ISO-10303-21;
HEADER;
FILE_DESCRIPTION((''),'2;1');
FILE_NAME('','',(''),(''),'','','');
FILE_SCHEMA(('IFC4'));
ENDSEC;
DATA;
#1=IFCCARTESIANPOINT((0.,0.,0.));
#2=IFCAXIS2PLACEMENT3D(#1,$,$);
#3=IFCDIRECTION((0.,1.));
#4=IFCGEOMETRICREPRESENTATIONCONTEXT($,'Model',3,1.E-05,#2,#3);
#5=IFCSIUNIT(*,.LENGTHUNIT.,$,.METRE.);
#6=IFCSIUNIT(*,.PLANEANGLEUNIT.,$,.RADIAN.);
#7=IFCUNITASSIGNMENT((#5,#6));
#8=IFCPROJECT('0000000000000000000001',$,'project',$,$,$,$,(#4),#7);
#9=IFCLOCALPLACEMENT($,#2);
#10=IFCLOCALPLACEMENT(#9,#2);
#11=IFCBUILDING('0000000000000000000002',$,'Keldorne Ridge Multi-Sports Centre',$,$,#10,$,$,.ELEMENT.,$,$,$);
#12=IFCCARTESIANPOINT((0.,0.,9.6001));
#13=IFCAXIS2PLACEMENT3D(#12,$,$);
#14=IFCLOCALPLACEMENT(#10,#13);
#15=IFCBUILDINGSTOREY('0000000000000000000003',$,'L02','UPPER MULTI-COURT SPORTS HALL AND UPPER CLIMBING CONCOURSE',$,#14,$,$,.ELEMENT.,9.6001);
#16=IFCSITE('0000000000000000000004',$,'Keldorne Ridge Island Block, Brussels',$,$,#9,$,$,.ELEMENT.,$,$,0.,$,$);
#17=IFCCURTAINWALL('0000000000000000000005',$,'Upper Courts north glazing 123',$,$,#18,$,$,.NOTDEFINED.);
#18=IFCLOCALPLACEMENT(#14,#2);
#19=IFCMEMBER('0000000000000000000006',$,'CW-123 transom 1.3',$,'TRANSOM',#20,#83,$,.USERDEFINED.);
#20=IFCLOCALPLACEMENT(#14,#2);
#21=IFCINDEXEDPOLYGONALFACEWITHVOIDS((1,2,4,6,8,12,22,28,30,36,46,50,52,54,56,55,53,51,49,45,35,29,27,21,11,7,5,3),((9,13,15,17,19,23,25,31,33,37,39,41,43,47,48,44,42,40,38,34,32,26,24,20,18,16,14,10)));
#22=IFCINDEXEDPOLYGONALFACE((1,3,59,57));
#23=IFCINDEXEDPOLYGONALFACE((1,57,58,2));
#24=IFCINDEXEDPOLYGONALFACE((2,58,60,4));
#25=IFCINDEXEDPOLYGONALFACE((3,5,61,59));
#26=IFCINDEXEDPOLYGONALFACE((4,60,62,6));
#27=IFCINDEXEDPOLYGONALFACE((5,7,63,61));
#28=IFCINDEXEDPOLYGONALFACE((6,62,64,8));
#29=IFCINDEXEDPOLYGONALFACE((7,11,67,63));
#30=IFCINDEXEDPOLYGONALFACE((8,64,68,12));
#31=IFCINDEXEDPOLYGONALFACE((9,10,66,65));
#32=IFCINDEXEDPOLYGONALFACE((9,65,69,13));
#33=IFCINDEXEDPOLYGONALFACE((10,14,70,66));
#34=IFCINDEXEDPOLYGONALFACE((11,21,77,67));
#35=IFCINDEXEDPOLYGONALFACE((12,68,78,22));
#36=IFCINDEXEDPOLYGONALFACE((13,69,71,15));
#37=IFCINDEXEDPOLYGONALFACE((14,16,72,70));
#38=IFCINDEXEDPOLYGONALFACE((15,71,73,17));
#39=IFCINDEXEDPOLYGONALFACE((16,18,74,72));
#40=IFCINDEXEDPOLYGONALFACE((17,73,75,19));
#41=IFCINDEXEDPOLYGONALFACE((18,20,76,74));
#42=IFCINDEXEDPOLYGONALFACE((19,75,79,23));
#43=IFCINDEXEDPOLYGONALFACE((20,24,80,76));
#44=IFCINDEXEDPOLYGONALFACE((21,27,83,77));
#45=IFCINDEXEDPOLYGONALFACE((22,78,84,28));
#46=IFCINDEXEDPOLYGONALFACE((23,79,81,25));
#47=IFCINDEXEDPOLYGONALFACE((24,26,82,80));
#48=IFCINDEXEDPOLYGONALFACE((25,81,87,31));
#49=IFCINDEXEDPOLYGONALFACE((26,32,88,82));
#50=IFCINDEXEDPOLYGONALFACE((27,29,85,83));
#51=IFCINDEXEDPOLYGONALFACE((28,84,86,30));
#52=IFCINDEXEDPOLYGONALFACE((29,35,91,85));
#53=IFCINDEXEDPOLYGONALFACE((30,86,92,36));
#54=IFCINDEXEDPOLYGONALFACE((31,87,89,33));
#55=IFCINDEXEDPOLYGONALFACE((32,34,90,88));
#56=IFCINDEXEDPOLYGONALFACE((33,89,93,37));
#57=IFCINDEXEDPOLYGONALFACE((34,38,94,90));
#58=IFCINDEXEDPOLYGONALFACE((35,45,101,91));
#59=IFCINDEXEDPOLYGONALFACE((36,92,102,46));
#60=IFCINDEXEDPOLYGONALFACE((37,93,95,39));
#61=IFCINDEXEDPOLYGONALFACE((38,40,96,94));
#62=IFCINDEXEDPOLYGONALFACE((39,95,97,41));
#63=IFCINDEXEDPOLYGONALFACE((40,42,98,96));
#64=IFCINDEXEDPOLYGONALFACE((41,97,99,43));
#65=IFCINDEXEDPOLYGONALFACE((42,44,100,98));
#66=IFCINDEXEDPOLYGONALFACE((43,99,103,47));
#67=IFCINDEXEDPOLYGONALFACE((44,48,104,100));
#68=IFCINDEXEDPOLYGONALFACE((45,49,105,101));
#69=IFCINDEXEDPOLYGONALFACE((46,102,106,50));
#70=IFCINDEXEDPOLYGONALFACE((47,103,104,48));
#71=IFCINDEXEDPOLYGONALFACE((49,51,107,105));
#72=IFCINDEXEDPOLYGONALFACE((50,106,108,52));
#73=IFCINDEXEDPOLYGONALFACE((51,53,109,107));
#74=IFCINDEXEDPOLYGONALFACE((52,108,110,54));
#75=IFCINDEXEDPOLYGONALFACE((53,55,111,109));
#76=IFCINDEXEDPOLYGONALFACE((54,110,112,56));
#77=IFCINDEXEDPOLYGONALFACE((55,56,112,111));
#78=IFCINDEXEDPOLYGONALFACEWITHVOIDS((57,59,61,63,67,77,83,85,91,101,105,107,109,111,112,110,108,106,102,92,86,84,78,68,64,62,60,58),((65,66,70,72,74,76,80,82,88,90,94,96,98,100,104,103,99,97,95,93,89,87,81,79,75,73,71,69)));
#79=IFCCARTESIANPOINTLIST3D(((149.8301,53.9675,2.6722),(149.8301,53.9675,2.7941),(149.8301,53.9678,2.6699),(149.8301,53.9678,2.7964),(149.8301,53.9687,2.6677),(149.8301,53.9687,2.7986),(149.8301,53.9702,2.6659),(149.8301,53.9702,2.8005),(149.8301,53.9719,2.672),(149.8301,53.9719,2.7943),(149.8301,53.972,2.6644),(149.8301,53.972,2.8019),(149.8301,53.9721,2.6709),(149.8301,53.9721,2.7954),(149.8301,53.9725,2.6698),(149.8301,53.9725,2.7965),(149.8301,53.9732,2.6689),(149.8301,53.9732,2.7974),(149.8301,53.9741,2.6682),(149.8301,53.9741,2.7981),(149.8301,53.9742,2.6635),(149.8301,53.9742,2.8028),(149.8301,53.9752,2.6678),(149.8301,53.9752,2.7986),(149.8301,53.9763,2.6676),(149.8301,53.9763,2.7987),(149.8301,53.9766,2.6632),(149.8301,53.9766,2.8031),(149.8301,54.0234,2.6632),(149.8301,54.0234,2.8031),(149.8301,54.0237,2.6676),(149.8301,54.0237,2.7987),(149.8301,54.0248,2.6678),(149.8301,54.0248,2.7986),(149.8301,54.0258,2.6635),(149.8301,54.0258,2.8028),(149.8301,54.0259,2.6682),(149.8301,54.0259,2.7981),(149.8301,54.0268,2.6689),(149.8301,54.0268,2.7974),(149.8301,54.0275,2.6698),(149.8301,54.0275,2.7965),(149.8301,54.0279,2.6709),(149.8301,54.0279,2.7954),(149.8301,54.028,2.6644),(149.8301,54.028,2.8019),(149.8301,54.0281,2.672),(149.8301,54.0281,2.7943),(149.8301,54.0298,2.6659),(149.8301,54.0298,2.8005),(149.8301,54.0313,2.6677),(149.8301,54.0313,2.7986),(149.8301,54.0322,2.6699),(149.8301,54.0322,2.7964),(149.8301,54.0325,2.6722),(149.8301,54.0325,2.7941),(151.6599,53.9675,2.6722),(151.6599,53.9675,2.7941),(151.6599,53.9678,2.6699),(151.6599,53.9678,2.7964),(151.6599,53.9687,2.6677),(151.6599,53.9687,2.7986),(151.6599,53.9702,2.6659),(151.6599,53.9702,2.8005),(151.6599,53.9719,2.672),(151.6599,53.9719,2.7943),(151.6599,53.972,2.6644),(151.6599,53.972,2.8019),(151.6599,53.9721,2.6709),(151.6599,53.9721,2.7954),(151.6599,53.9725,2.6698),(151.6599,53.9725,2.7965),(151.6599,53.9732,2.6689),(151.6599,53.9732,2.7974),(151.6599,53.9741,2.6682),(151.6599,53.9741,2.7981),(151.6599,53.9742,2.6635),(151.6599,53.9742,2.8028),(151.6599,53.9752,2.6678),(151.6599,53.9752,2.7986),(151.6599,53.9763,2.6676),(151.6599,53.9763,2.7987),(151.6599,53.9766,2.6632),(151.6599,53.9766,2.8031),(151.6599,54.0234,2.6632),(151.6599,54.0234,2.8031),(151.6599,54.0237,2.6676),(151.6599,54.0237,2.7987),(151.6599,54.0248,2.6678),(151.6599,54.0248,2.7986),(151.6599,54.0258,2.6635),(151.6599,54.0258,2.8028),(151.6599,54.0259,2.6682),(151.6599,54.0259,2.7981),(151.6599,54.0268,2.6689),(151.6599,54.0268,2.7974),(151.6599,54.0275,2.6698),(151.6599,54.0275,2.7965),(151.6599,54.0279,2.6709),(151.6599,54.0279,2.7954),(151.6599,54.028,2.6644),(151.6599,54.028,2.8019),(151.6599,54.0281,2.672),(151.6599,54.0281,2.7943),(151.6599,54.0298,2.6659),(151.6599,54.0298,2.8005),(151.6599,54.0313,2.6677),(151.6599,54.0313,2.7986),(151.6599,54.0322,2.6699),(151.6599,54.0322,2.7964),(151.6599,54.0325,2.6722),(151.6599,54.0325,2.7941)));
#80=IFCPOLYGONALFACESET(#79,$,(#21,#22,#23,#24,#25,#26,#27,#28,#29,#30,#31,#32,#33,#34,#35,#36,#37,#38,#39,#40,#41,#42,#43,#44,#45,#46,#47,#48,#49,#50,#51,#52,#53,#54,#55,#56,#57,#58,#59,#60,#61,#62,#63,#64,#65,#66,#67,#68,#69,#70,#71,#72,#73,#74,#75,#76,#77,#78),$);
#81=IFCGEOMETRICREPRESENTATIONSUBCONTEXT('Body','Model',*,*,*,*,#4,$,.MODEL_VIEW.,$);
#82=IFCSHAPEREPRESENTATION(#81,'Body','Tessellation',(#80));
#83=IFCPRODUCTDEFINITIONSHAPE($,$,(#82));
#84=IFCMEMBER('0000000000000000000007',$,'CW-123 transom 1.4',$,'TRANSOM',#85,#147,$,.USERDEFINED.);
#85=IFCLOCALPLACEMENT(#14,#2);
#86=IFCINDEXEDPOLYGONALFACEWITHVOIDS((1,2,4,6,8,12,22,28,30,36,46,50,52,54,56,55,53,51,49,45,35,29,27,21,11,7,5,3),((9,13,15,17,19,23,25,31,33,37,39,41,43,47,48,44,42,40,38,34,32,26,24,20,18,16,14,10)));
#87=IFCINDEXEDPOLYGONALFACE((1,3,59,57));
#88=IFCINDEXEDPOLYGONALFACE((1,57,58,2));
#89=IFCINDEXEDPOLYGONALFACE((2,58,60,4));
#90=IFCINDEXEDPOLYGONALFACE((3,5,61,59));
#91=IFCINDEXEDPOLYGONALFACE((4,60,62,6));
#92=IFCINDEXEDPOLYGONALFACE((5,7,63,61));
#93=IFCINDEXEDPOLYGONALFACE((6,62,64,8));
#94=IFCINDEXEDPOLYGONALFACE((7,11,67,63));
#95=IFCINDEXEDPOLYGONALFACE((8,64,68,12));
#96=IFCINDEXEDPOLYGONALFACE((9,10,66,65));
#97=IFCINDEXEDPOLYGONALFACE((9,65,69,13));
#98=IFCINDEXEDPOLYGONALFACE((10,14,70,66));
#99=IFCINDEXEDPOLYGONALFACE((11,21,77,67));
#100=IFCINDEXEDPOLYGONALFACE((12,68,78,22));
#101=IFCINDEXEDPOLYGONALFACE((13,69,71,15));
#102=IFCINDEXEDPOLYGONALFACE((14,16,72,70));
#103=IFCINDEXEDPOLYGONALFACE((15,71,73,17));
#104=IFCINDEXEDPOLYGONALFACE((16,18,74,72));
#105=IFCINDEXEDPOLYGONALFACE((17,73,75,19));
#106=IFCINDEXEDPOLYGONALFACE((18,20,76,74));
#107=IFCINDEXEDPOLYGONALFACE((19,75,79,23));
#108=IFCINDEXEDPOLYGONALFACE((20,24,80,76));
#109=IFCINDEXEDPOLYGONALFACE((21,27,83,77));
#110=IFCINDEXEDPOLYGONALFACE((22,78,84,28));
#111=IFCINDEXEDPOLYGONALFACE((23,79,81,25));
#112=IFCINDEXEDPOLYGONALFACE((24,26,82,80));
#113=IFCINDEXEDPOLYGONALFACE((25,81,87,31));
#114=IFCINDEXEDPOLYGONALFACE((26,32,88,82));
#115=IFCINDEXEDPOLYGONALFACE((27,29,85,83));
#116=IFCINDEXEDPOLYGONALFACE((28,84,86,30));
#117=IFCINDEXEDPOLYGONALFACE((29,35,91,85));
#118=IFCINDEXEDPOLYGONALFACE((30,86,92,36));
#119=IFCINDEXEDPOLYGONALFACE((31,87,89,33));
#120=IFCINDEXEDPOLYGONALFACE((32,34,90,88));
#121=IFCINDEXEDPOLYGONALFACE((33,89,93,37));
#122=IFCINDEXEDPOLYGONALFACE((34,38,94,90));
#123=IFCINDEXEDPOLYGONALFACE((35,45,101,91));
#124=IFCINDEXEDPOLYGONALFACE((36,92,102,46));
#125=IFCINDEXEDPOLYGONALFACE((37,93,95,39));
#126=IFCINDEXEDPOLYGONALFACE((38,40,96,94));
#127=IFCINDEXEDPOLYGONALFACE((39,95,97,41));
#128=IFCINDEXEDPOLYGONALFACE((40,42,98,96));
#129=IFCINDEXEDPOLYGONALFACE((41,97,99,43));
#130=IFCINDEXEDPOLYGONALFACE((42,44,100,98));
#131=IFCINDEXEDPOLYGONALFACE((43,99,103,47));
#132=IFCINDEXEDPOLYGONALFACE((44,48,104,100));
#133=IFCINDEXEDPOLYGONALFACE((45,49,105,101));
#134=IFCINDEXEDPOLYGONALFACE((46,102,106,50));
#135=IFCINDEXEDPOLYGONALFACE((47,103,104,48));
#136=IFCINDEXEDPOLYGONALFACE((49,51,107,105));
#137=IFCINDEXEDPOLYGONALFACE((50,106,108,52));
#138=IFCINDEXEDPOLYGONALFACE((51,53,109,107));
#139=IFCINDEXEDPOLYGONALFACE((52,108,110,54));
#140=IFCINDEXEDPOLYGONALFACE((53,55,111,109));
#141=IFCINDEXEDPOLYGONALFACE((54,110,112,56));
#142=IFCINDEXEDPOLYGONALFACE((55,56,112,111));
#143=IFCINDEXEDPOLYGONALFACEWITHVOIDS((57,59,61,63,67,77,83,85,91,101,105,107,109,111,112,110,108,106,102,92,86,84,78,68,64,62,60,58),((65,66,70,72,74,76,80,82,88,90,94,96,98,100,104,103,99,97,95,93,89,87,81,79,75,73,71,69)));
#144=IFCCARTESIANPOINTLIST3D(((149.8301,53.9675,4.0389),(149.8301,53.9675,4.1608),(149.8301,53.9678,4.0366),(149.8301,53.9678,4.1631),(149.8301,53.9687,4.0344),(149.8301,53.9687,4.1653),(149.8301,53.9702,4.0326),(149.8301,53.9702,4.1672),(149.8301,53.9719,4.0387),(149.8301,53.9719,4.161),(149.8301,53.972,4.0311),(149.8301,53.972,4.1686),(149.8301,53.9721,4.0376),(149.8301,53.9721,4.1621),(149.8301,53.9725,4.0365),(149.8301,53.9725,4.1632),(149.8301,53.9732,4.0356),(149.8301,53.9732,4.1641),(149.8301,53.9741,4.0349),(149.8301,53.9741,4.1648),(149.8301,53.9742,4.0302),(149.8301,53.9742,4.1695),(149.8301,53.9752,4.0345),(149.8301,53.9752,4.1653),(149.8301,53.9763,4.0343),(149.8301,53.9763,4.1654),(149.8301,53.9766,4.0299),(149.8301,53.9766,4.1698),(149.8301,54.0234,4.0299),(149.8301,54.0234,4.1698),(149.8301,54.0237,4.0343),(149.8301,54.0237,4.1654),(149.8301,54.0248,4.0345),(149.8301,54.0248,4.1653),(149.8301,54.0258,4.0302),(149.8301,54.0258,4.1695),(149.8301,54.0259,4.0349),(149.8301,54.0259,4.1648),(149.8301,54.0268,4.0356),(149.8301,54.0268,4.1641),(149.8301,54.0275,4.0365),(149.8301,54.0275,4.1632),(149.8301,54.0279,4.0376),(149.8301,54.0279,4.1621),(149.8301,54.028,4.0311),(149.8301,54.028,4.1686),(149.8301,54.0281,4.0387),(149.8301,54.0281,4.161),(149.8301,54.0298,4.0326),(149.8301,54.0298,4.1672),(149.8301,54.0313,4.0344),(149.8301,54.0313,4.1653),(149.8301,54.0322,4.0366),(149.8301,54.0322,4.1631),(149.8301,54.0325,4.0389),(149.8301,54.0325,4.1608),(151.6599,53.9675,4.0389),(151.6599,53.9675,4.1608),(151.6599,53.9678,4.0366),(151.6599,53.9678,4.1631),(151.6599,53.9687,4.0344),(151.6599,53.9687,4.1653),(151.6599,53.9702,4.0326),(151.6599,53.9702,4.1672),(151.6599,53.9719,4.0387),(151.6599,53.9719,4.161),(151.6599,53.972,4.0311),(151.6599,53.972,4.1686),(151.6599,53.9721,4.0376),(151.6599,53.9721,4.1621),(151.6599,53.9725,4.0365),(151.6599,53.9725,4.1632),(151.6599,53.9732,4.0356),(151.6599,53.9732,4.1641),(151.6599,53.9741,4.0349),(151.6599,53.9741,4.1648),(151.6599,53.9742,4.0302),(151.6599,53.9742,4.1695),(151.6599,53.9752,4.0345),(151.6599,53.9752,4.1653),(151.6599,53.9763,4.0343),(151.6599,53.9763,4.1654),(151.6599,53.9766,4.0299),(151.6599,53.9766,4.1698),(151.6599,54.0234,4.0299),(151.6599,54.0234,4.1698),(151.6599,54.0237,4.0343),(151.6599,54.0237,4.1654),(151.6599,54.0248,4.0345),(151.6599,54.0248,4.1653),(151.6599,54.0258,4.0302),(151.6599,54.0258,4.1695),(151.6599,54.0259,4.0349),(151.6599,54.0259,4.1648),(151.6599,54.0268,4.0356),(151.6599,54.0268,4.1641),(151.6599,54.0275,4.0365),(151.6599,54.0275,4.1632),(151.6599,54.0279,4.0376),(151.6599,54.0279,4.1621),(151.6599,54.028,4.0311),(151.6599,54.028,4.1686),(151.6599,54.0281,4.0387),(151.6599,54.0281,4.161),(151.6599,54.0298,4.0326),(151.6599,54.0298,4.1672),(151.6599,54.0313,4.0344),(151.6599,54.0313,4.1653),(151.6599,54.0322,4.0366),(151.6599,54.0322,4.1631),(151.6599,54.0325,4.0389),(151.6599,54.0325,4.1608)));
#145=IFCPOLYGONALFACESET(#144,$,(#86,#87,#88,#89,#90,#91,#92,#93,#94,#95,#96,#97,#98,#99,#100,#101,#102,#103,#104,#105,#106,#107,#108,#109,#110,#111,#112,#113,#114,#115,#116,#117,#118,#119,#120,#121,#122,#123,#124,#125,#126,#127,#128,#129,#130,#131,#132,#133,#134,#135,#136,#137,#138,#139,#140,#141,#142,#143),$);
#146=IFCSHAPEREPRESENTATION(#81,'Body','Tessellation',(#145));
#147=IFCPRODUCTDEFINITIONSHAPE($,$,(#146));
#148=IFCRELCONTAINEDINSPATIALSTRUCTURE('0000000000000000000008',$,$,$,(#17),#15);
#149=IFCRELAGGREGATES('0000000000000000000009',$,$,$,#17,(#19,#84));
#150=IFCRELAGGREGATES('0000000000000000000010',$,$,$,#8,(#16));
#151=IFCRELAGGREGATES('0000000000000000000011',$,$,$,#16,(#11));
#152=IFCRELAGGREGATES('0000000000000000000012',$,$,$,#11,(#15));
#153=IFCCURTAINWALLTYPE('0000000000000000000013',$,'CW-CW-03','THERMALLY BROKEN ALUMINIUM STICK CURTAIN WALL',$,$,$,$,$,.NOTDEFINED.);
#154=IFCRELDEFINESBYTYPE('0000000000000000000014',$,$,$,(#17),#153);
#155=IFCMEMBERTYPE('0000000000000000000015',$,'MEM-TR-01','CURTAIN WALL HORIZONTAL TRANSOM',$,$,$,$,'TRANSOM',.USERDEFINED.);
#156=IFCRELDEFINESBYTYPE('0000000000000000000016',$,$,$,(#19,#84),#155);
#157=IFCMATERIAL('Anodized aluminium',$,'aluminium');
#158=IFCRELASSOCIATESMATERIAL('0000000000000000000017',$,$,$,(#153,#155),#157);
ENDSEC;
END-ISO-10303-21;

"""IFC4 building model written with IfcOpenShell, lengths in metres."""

from ifc_helpers import new_model, si_unit, direction, frame, origin, origin_2d, place, context, subcontext, project, spatial, hollow_rectangle, extrude, material, material_profile, profile_set, type_object, element, aggregate, save


model = new_model("IFC4")

# Units and contexts
model_context = context("Model", 3, precision=1e-05, world=origin(), true_north=direction((0.0, 1.0)))
body_context = subcontext(model_context, "Body", "Model", "MODEL_VIEW")
ifc_project = project(units=[si_unit("LENGTHUNIT", "METRE"), si_unit("PLANEANGLEUNIT", "RADIAN")], contexts=[model_context])

# Site, building, storey
site_placement = place(None, origin())
site = spatial("IfcSite", under=ifc_project, at=site_placement, Name="Keldorne Ridge Island Block, Brussels", CompositionType="ELEMENT", RefElevation=0.0)
building_placement = place(site_placement, origin())
building = spatial("IfcBuilding", under=site, at=building_placement, Name="Keldorne Ridge Multi-Sports Centre", CompositionType="ELEMENT")
storey_placement = place(building_placement, frame((0.0, 0.0, 9.6001)))
storey = spatial("IfcBuildingStorey", under=building, at=storey_placement, Name="L02", Description="UPPER MULTI-COURT SPORTS HALL AND UPPER CLIMBING CONCOURSE", CompositionType="ELEMENT", Elevation=9.6001)

# Shared definitions
ifc_material_1 = material(Name="Anodized aluminium", Category="aluminium")

# Curtain wall, members
curtain_wall_type_1 = type_object("IfcCurtainWallType", Name="CW-CW-03", Description="THERMALLY BROKEN ALUMINIUM STICK CURTAIN WALL", PredefinedType="NOTDEFINED", material=ifc_material_1)
curtain_wall_1_placement = place(storey_placement, origin())
curtain_wall_1 = element("IfcCurtainWall", 1, at=curtain_wall_1_placement, inside=storey, type_object=curtain_wall_type_1, Name="Upper Courts north glazing 123", PredefinedType="NOTDEFINED")
ifc_material_profile_1 = material_profile(ifc_material_1, hollow_rectangle(XDim=0.0649, YDim=0.1399, WallThickness=0.0044, InnerFilletRadius=0.0044, OuterFilletRadius=0.009, at=origin_2d()), Name="ALU TRANSOM 140x65x4.5")
ifc_profile_set_1 = profile_set([ifc_material_profile_1], Name="Anodized aluminium")
member_type_1 = type_object("IfcMemberType", Name="MEM-TR-01", Description="CURTAIN WALL HORIZONTAL TRANSOM", ElementType="TRANSOM", PredefinedType="USERDEFINED", material=ifc_profile_set_1)
member_1_placement = place(storey_placement, frame((151.6599, 54.0, 2.7332), z_axis=(-1.0, 0.0, 0.0), x_axis=(0.0, -1.0, 0.0)))
member_1 = element("IfcMember", 2, at=member_1_placement, type_object=member_type_1, Name="CW-123 transom 1.3", ObjectType="TRANSOM", PredefinedType="USERDEFINED", context=body_context, shape_type="SweptSolid", body=[
    extrude(hollow_rectangle(XDim=0.0649, YDim=0.1399, WallThickness=0.0044, InnerFilletRadius=0.0044, OuterFilletRadius=0.009, at=origin_2d()), origin(), (0.0, 0.0, 1.0), 1.8298),
])
member_2_placement = place(storey_placement, frame((151.6599, 54.0, 4.0999), z_axis=(-1.0, 0.0, 0.0), x_axis=(0.0, -1.0, 0.0)))
member_2 = element("IfcMember", 3, at=member_2_placement, type_object=member_type_1, Name="CW-123 transom 1.4", ObjectType="TRANSOM", PredefinedType="USERDEFINED", context=body_context, shape_type="SweptSolid", body=[
    extrude(hollow_rectangle(XDim=0.0649, YDim=0.1399, WallThickness=0.0044, InnerFilletRadius=0.0044, OuterFilletRadius=0.009, at=origin_2d()), origin(), (0.0, 0.0, 1.0), 1.8298),
])
aggregate(curtain_wall_1, [member_1, member_2])

save(model, "model.ifc")
